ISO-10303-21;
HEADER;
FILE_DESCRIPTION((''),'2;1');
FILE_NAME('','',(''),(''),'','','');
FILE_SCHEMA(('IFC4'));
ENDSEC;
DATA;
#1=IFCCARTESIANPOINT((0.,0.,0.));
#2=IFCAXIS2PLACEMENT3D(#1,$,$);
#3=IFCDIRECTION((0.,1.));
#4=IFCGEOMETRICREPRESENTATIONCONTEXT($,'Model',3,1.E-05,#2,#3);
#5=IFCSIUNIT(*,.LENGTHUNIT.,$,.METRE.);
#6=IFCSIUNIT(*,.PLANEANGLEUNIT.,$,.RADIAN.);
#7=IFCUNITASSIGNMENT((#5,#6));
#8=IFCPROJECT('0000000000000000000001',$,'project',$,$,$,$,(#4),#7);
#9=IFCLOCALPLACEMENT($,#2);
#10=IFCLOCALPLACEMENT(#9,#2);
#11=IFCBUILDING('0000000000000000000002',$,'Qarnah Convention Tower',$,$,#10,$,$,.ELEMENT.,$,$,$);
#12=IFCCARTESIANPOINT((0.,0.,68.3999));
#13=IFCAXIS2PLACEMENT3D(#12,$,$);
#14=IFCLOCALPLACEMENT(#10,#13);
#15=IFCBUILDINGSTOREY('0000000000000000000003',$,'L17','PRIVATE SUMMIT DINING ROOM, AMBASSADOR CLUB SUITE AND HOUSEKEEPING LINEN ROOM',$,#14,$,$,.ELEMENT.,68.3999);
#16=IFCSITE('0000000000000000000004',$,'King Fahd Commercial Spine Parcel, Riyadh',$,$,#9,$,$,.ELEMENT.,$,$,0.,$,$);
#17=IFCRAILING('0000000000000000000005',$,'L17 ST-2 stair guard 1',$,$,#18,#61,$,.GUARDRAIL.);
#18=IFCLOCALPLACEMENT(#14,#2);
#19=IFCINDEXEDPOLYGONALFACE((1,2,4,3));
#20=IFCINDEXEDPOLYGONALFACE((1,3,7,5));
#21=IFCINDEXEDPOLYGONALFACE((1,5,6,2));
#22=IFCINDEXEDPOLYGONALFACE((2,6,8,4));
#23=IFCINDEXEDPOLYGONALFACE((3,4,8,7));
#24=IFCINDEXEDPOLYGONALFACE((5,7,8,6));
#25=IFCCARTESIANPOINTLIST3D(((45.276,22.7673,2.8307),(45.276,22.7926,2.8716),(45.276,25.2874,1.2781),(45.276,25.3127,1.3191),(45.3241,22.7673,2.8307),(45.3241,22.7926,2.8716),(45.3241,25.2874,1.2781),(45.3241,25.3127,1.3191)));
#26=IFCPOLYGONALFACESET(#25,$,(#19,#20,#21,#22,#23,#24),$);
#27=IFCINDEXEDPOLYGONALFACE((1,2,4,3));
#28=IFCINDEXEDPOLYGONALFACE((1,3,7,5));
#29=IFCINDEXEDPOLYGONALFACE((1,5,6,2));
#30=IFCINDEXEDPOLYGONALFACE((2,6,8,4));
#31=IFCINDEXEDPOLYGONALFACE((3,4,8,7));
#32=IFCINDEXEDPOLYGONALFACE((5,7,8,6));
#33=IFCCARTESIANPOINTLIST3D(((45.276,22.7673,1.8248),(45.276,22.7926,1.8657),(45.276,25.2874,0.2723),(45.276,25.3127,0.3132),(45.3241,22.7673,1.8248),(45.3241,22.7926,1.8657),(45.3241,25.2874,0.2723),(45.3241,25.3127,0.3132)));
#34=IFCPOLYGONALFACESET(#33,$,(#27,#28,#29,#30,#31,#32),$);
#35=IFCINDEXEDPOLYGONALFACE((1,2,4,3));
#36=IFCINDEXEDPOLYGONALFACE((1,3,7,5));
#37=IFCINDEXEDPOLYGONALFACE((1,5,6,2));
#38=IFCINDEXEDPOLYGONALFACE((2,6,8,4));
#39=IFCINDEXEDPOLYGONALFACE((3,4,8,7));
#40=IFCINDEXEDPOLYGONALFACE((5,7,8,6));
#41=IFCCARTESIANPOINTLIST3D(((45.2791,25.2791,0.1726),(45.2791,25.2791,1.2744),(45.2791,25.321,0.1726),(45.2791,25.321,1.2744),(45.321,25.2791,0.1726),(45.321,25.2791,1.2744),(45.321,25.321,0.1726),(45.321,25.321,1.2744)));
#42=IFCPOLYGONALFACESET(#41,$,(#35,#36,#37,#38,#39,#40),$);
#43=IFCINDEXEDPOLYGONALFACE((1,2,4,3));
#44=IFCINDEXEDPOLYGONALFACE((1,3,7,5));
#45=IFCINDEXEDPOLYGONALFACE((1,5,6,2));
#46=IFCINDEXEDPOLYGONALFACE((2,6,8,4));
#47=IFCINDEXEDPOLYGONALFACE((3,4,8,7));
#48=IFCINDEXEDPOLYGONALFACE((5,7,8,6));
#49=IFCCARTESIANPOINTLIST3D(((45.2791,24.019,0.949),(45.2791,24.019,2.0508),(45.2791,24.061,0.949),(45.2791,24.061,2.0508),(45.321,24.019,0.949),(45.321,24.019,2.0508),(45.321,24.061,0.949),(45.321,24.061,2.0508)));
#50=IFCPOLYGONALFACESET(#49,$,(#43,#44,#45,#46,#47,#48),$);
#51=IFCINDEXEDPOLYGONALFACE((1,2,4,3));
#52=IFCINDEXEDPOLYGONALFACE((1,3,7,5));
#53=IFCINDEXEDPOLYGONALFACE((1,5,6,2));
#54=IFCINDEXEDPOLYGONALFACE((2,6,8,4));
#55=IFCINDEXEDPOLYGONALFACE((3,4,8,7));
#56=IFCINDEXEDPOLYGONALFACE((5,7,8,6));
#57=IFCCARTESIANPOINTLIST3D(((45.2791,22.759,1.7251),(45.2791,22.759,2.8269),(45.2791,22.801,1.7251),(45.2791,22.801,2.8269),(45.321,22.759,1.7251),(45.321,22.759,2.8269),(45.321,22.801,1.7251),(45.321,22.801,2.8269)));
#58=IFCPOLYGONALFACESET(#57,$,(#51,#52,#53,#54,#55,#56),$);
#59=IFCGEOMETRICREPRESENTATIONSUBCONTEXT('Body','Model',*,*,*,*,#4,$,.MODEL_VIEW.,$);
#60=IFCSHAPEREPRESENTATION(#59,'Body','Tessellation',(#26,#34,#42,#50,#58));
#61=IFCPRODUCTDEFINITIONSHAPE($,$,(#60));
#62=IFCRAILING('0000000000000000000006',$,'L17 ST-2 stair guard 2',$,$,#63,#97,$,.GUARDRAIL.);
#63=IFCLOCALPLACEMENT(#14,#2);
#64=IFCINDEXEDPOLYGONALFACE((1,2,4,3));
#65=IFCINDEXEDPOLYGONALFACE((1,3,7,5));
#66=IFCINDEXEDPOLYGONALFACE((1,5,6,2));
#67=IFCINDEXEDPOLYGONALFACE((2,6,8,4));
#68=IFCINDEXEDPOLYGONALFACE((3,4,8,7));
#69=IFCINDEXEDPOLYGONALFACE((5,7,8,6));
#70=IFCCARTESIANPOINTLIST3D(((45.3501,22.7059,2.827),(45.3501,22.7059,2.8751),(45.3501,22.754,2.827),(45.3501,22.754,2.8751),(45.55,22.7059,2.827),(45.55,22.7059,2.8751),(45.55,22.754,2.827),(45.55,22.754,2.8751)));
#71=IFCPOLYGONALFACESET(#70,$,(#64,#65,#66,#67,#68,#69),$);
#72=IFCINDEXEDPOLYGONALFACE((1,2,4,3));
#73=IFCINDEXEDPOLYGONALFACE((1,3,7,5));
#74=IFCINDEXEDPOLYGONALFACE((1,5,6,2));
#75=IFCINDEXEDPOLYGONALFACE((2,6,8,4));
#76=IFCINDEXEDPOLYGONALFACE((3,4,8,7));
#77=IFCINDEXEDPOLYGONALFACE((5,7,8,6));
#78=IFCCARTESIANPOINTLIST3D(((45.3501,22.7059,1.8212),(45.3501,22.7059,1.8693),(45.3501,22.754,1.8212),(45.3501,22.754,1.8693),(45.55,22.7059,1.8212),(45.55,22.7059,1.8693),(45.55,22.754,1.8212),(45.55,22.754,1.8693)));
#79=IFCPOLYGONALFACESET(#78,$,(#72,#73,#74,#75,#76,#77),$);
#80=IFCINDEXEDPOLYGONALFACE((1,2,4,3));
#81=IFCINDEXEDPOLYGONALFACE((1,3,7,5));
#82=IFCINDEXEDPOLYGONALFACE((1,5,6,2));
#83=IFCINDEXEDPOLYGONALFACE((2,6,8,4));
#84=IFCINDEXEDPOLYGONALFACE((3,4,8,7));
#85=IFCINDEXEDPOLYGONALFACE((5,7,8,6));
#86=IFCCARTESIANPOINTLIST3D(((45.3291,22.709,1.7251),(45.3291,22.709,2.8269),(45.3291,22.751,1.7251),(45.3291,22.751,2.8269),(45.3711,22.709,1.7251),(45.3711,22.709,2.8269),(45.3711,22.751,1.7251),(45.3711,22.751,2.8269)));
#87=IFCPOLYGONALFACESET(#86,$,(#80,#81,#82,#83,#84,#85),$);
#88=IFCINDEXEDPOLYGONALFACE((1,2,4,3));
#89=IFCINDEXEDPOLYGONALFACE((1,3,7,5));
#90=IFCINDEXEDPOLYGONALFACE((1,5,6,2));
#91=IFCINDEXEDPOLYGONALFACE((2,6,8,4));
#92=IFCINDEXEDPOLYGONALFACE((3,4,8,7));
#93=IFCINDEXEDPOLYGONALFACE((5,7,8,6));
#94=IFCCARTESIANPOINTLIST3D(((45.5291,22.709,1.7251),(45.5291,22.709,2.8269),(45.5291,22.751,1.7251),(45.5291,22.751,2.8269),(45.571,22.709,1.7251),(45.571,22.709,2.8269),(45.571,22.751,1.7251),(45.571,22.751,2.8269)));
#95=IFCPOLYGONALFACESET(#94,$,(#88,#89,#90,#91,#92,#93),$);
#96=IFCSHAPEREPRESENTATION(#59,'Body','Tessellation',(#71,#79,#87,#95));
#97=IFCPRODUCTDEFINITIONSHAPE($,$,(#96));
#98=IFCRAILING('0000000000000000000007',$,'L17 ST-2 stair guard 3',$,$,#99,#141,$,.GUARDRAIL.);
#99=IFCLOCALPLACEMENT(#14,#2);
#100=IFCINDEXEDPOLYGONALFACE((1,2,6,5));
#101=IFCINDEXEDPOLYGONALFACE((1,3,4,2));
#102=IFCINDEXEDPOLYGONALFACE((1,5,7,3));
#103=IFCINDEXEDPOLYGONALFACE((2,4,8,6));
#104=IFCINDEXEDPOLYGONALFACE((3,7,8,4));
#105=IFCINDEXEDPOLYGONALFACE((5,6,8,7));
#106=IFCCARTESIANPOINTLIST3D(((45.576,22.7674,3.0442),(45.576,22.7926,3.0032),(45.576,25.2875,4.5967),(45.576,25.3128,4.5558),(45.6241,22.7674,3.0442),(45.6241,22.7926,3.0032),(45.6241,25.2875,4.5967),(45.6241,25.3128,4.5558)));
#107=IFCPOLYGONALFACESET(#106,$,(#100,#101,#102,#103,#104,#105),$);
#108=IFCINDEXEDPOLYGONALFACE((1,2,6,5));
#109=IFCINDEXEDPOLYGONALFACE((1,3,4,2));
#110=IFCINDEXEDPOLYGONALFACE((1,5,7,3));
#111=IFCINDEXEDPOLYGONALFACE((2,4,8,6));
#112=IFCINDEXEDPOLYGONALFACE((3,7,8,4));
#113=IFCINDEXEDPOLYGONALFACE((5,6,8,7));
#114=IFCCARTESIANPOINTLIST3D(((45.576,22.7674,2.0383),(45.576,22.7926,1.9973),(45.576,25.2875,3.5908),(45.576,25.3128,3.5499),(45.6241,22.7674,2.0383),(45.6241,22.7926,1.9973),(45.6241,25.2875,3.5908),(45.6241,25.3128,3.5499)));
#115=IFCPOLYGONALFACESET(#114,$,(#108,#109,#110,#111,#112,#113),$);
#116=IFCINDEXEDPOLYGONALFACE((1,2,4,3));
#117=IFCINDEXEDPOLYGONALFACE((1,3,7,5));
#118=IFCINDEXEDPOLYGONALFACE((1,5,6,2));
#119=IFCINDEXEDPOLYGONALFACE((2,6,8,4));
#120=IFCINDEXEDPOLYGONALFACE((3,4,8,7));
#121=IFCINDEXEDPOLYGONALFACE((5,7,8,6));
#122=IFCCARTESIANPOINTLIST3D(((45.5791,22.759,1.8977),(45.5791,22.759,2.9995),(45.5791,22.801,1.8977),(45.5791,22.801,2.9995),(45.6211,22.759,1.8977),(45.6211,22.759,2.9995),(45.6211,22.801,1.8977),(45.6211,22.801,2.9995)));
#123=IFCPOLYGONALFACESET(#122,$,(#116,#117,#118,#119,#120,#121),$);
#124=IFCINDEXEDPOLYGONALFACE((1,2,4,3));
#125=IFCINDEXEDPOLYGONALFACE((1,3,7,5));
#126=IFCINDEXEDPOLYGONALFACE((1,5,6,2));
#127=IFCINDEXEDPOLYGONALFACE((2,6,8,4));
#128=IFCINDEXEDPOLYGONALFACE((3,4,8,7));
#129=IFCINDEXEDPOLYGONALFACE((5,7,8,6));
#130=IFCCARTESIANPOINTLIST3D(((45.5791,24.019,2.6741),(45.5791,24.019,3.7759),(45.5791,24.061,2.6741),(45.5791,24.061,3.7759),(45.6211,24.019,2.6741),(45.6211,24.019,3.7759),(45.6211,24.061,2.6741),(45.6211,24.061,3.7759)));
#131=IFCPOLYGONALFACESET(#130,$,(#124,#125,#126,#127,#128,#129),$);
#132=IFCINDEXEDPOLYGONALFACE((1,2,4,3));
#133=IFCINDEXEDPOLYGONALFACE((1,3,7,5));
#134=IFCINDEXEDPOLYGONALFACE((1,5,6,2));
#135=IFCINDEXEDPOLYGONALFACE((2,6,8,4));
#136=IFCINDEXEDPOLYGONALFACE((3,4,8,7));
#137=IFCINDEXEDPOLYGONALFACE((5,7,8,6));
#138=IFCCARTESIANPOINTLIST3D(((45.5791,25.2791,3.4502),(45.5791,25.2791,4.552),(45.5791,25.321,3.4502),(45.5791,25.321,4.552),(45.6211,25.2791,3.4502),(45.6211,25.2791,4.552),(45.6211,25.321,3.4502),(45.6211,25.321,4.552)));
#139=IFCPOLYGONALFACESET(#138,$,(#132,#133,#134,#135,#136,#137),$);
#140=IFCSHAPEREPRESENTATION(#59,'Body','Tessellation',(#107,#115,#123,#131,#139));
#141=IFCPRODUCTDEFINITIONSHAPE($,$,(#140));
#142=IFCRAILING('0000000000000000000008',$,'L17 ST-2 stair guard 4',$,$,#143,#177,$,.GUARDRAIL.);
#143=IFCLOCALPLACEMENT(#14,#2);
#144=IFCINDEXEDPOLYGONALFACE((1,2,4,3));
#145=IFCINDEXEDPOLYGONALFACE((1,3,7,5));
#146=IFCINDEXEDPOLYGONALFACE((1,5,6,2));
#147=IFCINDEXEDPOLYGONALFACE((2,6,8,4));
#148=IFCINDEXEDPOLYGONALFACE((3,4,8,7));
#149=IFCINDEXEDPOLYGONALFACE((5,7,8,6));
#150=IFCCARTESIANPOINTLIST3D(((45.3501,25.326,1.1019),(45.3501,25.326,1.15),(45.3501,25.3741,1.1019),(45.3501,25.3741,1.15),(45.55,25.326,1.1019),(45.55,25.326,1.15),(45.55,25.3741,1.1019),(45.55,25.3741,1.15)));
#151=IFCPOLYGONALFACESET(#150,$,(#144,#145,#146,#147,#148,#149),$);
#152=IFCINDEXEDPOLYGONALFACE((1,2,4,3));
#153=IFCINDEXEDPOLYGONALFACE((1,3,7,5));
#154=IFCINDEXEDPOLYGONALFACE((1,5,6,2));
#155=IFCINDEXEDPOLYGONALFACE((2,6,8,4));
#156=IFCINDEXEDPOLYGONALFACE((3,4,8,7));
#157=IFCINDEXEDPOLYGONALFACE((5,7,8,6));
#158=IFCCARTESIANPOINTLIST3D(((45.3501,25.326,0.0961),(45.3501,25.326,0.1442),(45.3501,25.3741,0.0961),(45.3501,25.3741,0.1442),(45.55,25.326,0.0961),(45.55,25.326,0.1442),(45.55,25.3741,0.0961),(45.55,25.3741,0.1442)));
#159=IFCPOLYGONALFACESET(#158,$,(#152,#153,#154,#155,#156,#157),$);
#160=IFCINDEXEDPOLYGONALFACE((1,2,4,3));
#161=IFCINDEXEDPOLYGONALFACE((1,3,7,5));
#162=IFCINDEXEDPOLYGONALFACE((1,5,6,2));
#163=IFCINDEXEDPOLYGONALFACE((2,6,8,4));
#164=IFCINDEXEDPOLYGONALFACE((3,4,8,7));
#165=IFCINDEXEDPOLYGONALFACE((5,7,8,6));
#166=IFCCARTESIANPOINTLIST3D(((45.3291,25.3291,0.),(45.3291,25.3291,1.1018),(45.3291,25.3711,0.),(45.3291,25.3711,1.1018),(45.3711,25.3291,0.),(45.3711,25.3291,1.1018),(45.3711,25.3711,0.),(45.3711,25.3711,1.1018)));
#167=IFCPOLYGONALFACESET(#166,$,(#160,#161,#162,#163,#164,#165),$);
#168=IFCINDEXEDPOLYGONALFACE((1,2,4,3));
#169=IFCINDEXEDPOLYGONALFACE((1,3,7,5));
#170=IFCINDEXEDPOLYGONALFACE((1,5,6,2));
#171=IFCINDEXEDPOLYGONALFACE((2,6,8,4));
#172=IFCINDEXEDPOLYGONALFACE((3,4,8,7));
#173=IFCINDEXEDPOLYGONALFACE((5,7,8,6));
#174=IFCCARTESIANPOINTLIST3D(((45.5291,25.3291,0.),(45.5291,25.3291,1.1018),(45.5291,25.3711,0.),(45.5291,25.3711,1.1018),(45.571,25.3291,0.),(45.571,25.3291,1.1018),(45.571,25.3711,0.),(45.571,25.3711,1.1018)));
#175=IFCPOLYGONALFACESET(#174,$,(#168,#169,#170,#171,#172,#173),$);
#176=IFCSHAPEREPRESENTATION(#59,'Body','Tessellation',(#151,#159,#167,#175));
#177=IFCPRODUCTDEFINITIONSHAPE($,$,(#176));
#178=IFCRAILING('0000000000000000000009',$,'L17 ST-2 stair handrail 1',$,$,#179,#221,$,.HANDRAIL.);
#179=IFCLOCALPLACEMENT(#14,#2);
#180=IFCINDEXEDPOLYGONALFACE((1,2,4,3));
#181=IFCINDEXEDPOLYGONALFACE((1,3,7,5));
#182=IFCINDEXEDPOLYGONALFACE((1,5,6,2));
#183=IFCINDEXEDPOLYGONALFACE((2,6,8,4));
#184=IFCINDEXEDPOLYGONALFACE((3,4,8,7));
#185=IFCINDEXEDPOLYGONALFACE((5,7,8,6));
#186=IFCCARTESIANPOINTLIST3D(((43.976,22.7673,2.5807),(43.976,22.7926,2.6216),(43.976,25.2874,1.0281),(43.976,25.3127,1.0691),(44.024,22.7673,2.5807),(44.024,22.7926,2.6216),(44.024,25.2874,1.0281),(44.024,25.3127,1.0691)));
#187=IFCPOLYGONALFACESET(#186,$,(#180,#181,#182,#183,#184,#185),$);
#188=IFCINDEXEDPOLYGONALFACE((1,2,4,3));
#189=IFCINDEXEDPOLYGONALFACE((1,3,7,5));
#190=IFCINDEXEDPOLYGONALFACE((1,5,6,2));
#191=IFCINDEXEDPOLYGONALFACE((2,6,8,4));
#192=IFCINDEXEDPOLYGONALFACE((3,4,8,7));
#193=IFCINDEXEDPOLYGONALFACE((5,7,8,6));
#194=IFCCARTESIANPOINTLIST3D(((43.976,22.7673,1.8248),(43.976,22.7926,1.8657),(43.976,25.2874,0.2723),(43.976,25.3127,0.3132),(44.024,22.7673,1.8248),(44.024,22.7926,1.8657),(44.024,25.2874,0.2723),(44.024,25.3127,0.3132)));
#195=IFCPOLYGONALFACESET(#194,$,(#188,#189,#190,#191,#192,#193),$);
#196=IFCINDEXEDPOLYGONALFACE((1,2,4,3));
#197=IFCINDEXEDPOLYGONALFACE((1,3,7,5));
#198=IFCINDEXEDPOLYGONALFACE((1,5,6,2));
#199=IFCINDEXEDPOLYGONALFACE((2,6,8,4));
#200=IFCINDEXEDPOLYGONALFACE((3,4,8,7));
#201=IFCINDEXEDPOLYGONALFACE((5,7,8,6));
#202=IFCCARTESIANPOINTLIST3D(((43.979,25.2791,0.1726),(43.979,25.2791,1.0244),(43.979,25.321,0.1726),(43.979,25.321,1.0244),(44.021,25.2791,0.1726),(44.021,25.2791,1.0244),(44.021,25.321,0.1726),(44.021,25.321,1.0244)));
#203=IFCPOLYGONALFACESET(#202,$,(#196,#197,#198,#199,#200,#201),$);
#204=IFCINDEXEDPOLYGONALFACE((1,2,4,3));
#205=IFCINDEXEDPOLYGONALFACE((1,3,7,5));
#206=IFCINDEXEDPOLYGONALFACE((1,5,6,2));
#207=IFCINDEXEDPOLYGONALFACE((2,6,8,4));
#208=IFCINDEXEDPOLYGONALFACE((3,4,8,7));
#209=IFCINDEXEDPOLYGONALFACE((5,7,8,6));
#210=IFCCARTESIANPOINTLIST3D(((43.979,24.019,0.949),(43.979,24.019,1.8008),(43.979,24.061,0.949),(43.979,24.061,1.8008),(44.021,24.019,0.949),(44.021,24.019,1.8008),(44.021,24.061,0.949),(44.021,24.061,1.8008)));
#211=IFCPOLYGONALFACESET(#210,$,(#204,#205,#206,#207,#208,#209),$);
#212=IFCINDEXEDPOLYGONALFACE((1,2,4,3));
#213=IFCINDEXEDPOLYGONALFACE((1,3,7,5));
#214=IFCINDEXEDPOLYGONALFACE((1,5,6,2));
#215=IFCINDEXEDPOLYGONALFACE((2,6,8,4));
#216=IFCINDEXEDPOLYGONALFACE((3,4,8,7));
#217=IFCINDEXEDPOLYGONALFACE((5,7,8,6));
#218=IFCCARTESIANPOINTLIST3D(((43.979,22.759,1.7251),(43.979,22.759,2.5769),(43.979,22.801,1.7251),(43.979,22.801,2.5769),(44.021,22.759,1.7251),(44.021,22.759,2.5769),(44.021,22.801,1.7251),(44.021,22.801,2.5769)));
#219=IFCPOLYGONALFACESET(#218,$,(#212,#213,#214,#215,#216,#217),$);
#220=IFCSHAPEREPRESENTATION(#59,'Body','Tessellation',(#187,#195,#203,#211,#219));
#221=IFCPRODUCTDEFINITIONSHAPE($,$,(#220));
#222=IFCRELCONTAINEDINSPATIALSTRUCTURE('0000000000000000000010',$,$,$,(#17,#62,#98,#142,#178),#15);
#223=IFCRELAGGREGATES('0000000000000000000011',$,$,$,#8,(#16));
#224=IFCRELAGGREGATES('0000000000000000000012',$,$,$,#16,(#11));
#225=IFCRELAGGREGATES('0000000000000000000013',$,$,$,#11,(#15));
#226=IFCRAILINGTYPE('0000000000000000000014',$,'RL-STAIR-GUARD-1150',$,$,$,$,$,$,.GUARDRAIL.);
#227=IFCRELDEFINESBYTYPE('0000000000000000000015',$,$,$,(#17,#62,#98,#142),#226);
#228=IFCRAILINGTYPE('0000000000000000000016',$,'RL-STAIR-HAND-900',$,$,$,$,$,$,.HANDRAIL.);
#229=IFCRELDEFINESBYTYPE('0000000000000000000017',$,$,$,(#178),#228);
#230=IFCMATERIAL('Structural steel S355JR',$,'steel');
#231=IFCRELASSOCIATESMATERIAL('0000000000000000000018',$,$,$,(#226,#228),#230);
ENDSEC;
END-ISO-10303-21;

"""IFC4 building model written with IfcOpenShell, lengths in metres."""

from ifc_helpers import new_model, si_unit, direction, frame, origin, origin_2d, place, context, subcontext, project, spatial, rectangle, extrude, material, type_object, element, save


model = new_model("IFC4")

# Units and contexts
model_context = context("Model", 3, precision=1e-05, world=origin(), true_north=direction((0.0, 1.0)))
body_context = subcontext(model_context, "Body", "Model", "MODEL_VIEW")
ifc_project = project(units=[si_unit("LENGTHUNIT", "METRE"), si_unit("PLANEANGLEUNIT", "RADIAN")], contexts=[model_context])

# Site, building, storey
site_placement = place(None, origin())
site = spatial("IfcSite", under=ifc_project, at=site_placement, Name="King Fahd Commercial Spine Parcel, Riyadh", CompositionType="ELEMENT", RefElevation=0.0)
building_placement = place(site_placement, origin())
building = spatial("IfcBuilding", under=site, at=building_placement, Name="Qarnah Convention Tower", CompositionType="ELEMENT")
storey_placement = place(building_placement, frame((0.0, 0.0, 68.3999)))
storey = spatial("IfcBuildingStorey", under=building, at=storey_placement, Name="L17", Description="PRIVATE SUMMIT DINING ROOM, AMBASSADOR CLUB SUITE AND HOUSEKEEPING LINEN ROOM", CompositionType="ELEMENT", Elevation=68.3999)

# Shared definitions
ifc_material_1 = material(Name="Structural steel S355JR", Category="steel")

# Railings
railing_type_1 = type_object("IfcRailingType", Name="RL-STAIR-GUARD-1150", PredefinedType="GUARDRAIL", material=ifc_material_1)
railing_1_placement = place(storey_placement, frame((45.3, 25.3, 0.1726)))
element("IfcRailing", 1, at=railing_1_placement, inside=storey, type_object=railing_type_1, Name="L17 ST-2 stair guard 1", PredefinedType="GUARDRAIL", context=body_context, shape_type="SweptSolid", body=[
    extrude(rectangle(XDim=0.0481, YDim=0.0481, at=origin_2d()), frame((0.0, 0.0, 1.126), z_axis=(0.0, -0.8514, 0.524516), x_axis=(1.0, 0.0, 0.0)), (0.0, 0.0, 1.0), 2.96),
    extrude(rectangle(XDim=0.0481, YDim=0.0481, at=origin_2d()), frame((0.0, 0.0, 0.1201), z_axis=(0.0, -0.8514, 0.524516), x_axis=(1.0, 0.0, 0.0)), (0.0, 0.0, 1.0), 2.96),
    extrude(rectangle(XDim=0.042, YDim=0.042, at=origin_2d()), origin(), (0.0, 0.0, 1.0), 1.1018),
    extrude(rectangle(XDim=0.042, YDim=0.042, at=origin_2d()), frame((0.0, -1.26, 0.7764)), (0.0, 0.0, 1.0), 1.1018),
    extrude(rectangle(XDim=0.042, YDim=0.042, at=origin_2d()), frame((0.0, -2.52, 1.5525)), (0.0, 0.0, 1.0), 1.1018),
])
railing_2_placement = place(storey_placement, frame((45.3501, 22.73, 1.7251)))
element("IfcRailing", 2, at=railing_2_placement, inside=storey, type_object=railing_type_1, Name="L17 ST-2 stair guard 2", PredefinedType="GUARDRAIL", context=body_context, shape_type="SweptSolid", body=[
    extrude(rectangle(XDim=0.0481, YDim=0.0481, at=origin_2d()), frame((0.0, 0.0, 1.126), z_axis=(1.0, 0.0, 0.0), x_axis=(0.0, 1.0, 0.0)), (0.0, 0.0, 1.0), 0.2),
    extrude(rectangle(XDim=0.0481, YDim=0.0481, at=origin_2d()), frame((0.0, 0.0, 0.1201), z_axis=(1.0, 0.0, 0.0), x_axis=(0.0, 1.0, 0.0)), (0.0, 0.0, 1.0), 0.2),
    extrude(rectangle(XDim=0.042, YDim=0.042, at=origin_2d()), origin(), (0.0, 0.0, 1.0), 1.1018),
    extrude(rectangle(XDim=0.042, YDim=0.042, at=origin_2d()), frame((0.2, 0.0, 0.0)), (0.0, 0.0, 1.0), 1.1018),
])
railing_3_placement = place(storey_placement, frame((45.6001, 22.78, 1.8977)))
element("IfcRailing", 3, at=railing_3_placement, inside=storey, type_object=railing_type_1, Name="L17 ST-2 stair guard 3", PredefinedType="GUARDRAIL", context=body_context, shape_type="SweptSolid", body=[
    extrude(rectangle(XDim=0.0481, YDim=0.0481, at=origin_2d()), frame((0.0, 0.0, 1.126), z_axis=(0.0, 0.8514, 0.524516), x_axis=(-1.0, 0.0, 0.0)), (0.0, 0.0, 1.0), 2.96),
    extrude(rectangle(XDim=0.0481, YDim=0.0481, at=origin_2d()), frame((0.0, 0.0, 0.1201), z_axis=(0.0, 0.8514, 0.524516), x_axis=(-1.0, 0.0, 0.0)), (0.0, 0.0, 1.0), 2.96),
    extrude(rectangle(XDim=0.042, YDim=0.042, at=origin_2d()), origin(), (0.0, 0.0, 1.0), 1.1018),
    extrude(rectangle(XDim=0.042, YDim=0.042, at=origin_2d()), frame((0.0, 1.26, 0.7764)), (0.0, 0.0, 1.0), 1.1018),
    extrude(rectangle(XDim=0.042, YDim=0.042, at=origin_2d()), frame((0.0, 2.52, 1.5525)), (0.0, 0.0, 1.0), 1.1018),
])
railing_4_placement = place(storey_placement, frame((45.3501, 25.3501, 0.0)))
element("IfcRailing", 4, at=railing_4_placement, inside=storey, type_object=railing_type_1, Name="L17 ST-2 stair guard 4", PredefinedType="GUARDRAIL", context=body_context, shape_type="SweptSolid", body=[
    extrude(rectangle(XDim=0.0481, YDim=0.0481, at=origin_2d()), frame((0.0, 0.0, 1.126), z_axis=(1.0, 0.0, 0.0), x_axis=(0.0, 1.0, 0.0)), (0.0, 0.0, 1.0), 0.2),
    extrude(rectangle(XDim=0.0481, YDim=0.0481, at=origin_2d()), frame((0.0, 0.0, 0.1201), z_axis=(1.0, 0.0, 0.0), x_axis=(0.0, 1.0, 0.0)), (0.0, 0.0, 1.0), 0.2),
    extrude(rectangle(XDim=0.042, YDim=0.042, at=origin_2d()), origin(), (0.0, 0.0, 1.0), 1.1018),
    extrude(rectangle(XDim=0.042, YDim=0.042, at=origin_2d()), frame((0.2, 0.0, 0.0)), (0.0, 0.0, 1.0), 1.1018),
])
railing_type_2 = type_object("IfcRailingType", Name="RL-STAIR-HAND-900", PredefinedType="HANDRAIL", material=ifc_material_1)
railing_5_placement = place(storey_placement, frame((44.0, 25.3, 0.1726)))
element("IfcRailing", 5, at=railing_5_placement, inside=storey, type_object=railing_type_2, Name="L17 ST-2 stair handrail 1", PredefinedType="HANDRAIL", context=body_context, shape_type="SweptSolid", body=[
    extrude(rectangle(XDim=0.0481, YDim=0.0481, at=origin_2d()), frame((0.0, 0.0, 0.876), z_axis=(0.0, -0.8514, 0.524516), x_axis=(1.0, 0.0, 0.0)), (0.0, 0.0, 1.0), 2.96),
    extrude(rectangle(XDim=0.0481, YDim=0.0481, at=origin_2d()), frame((0.0, 0.0, 0.1201), z_axis=(0.0, -0.8514, 0.524516), x_axis=(1.0, 0.0, 0.0)), (0.0, 0.0, 1.0), 2.96),
    extrude(rectangle(XDim=0.042, YDim=0.042, at=origin_2d()), origin(), (0.0, 0.0, 1.0), 0.8518),
    extrude(rectangle(XDim=0.042, YDim=0.042, at=origin_2d()), frame((0.0, -1.26, 0.7764)), (0.0, 0.0, 1.0), 0.8518),
    extrude(rectangle(XDim=0.042, YDim=0.042, at=origin_2d()), frame((0.0, -2.52, 1.5525)), (0.0, 0.0, 1.0), 0.8518),
])

save(model, "model.ifc")
